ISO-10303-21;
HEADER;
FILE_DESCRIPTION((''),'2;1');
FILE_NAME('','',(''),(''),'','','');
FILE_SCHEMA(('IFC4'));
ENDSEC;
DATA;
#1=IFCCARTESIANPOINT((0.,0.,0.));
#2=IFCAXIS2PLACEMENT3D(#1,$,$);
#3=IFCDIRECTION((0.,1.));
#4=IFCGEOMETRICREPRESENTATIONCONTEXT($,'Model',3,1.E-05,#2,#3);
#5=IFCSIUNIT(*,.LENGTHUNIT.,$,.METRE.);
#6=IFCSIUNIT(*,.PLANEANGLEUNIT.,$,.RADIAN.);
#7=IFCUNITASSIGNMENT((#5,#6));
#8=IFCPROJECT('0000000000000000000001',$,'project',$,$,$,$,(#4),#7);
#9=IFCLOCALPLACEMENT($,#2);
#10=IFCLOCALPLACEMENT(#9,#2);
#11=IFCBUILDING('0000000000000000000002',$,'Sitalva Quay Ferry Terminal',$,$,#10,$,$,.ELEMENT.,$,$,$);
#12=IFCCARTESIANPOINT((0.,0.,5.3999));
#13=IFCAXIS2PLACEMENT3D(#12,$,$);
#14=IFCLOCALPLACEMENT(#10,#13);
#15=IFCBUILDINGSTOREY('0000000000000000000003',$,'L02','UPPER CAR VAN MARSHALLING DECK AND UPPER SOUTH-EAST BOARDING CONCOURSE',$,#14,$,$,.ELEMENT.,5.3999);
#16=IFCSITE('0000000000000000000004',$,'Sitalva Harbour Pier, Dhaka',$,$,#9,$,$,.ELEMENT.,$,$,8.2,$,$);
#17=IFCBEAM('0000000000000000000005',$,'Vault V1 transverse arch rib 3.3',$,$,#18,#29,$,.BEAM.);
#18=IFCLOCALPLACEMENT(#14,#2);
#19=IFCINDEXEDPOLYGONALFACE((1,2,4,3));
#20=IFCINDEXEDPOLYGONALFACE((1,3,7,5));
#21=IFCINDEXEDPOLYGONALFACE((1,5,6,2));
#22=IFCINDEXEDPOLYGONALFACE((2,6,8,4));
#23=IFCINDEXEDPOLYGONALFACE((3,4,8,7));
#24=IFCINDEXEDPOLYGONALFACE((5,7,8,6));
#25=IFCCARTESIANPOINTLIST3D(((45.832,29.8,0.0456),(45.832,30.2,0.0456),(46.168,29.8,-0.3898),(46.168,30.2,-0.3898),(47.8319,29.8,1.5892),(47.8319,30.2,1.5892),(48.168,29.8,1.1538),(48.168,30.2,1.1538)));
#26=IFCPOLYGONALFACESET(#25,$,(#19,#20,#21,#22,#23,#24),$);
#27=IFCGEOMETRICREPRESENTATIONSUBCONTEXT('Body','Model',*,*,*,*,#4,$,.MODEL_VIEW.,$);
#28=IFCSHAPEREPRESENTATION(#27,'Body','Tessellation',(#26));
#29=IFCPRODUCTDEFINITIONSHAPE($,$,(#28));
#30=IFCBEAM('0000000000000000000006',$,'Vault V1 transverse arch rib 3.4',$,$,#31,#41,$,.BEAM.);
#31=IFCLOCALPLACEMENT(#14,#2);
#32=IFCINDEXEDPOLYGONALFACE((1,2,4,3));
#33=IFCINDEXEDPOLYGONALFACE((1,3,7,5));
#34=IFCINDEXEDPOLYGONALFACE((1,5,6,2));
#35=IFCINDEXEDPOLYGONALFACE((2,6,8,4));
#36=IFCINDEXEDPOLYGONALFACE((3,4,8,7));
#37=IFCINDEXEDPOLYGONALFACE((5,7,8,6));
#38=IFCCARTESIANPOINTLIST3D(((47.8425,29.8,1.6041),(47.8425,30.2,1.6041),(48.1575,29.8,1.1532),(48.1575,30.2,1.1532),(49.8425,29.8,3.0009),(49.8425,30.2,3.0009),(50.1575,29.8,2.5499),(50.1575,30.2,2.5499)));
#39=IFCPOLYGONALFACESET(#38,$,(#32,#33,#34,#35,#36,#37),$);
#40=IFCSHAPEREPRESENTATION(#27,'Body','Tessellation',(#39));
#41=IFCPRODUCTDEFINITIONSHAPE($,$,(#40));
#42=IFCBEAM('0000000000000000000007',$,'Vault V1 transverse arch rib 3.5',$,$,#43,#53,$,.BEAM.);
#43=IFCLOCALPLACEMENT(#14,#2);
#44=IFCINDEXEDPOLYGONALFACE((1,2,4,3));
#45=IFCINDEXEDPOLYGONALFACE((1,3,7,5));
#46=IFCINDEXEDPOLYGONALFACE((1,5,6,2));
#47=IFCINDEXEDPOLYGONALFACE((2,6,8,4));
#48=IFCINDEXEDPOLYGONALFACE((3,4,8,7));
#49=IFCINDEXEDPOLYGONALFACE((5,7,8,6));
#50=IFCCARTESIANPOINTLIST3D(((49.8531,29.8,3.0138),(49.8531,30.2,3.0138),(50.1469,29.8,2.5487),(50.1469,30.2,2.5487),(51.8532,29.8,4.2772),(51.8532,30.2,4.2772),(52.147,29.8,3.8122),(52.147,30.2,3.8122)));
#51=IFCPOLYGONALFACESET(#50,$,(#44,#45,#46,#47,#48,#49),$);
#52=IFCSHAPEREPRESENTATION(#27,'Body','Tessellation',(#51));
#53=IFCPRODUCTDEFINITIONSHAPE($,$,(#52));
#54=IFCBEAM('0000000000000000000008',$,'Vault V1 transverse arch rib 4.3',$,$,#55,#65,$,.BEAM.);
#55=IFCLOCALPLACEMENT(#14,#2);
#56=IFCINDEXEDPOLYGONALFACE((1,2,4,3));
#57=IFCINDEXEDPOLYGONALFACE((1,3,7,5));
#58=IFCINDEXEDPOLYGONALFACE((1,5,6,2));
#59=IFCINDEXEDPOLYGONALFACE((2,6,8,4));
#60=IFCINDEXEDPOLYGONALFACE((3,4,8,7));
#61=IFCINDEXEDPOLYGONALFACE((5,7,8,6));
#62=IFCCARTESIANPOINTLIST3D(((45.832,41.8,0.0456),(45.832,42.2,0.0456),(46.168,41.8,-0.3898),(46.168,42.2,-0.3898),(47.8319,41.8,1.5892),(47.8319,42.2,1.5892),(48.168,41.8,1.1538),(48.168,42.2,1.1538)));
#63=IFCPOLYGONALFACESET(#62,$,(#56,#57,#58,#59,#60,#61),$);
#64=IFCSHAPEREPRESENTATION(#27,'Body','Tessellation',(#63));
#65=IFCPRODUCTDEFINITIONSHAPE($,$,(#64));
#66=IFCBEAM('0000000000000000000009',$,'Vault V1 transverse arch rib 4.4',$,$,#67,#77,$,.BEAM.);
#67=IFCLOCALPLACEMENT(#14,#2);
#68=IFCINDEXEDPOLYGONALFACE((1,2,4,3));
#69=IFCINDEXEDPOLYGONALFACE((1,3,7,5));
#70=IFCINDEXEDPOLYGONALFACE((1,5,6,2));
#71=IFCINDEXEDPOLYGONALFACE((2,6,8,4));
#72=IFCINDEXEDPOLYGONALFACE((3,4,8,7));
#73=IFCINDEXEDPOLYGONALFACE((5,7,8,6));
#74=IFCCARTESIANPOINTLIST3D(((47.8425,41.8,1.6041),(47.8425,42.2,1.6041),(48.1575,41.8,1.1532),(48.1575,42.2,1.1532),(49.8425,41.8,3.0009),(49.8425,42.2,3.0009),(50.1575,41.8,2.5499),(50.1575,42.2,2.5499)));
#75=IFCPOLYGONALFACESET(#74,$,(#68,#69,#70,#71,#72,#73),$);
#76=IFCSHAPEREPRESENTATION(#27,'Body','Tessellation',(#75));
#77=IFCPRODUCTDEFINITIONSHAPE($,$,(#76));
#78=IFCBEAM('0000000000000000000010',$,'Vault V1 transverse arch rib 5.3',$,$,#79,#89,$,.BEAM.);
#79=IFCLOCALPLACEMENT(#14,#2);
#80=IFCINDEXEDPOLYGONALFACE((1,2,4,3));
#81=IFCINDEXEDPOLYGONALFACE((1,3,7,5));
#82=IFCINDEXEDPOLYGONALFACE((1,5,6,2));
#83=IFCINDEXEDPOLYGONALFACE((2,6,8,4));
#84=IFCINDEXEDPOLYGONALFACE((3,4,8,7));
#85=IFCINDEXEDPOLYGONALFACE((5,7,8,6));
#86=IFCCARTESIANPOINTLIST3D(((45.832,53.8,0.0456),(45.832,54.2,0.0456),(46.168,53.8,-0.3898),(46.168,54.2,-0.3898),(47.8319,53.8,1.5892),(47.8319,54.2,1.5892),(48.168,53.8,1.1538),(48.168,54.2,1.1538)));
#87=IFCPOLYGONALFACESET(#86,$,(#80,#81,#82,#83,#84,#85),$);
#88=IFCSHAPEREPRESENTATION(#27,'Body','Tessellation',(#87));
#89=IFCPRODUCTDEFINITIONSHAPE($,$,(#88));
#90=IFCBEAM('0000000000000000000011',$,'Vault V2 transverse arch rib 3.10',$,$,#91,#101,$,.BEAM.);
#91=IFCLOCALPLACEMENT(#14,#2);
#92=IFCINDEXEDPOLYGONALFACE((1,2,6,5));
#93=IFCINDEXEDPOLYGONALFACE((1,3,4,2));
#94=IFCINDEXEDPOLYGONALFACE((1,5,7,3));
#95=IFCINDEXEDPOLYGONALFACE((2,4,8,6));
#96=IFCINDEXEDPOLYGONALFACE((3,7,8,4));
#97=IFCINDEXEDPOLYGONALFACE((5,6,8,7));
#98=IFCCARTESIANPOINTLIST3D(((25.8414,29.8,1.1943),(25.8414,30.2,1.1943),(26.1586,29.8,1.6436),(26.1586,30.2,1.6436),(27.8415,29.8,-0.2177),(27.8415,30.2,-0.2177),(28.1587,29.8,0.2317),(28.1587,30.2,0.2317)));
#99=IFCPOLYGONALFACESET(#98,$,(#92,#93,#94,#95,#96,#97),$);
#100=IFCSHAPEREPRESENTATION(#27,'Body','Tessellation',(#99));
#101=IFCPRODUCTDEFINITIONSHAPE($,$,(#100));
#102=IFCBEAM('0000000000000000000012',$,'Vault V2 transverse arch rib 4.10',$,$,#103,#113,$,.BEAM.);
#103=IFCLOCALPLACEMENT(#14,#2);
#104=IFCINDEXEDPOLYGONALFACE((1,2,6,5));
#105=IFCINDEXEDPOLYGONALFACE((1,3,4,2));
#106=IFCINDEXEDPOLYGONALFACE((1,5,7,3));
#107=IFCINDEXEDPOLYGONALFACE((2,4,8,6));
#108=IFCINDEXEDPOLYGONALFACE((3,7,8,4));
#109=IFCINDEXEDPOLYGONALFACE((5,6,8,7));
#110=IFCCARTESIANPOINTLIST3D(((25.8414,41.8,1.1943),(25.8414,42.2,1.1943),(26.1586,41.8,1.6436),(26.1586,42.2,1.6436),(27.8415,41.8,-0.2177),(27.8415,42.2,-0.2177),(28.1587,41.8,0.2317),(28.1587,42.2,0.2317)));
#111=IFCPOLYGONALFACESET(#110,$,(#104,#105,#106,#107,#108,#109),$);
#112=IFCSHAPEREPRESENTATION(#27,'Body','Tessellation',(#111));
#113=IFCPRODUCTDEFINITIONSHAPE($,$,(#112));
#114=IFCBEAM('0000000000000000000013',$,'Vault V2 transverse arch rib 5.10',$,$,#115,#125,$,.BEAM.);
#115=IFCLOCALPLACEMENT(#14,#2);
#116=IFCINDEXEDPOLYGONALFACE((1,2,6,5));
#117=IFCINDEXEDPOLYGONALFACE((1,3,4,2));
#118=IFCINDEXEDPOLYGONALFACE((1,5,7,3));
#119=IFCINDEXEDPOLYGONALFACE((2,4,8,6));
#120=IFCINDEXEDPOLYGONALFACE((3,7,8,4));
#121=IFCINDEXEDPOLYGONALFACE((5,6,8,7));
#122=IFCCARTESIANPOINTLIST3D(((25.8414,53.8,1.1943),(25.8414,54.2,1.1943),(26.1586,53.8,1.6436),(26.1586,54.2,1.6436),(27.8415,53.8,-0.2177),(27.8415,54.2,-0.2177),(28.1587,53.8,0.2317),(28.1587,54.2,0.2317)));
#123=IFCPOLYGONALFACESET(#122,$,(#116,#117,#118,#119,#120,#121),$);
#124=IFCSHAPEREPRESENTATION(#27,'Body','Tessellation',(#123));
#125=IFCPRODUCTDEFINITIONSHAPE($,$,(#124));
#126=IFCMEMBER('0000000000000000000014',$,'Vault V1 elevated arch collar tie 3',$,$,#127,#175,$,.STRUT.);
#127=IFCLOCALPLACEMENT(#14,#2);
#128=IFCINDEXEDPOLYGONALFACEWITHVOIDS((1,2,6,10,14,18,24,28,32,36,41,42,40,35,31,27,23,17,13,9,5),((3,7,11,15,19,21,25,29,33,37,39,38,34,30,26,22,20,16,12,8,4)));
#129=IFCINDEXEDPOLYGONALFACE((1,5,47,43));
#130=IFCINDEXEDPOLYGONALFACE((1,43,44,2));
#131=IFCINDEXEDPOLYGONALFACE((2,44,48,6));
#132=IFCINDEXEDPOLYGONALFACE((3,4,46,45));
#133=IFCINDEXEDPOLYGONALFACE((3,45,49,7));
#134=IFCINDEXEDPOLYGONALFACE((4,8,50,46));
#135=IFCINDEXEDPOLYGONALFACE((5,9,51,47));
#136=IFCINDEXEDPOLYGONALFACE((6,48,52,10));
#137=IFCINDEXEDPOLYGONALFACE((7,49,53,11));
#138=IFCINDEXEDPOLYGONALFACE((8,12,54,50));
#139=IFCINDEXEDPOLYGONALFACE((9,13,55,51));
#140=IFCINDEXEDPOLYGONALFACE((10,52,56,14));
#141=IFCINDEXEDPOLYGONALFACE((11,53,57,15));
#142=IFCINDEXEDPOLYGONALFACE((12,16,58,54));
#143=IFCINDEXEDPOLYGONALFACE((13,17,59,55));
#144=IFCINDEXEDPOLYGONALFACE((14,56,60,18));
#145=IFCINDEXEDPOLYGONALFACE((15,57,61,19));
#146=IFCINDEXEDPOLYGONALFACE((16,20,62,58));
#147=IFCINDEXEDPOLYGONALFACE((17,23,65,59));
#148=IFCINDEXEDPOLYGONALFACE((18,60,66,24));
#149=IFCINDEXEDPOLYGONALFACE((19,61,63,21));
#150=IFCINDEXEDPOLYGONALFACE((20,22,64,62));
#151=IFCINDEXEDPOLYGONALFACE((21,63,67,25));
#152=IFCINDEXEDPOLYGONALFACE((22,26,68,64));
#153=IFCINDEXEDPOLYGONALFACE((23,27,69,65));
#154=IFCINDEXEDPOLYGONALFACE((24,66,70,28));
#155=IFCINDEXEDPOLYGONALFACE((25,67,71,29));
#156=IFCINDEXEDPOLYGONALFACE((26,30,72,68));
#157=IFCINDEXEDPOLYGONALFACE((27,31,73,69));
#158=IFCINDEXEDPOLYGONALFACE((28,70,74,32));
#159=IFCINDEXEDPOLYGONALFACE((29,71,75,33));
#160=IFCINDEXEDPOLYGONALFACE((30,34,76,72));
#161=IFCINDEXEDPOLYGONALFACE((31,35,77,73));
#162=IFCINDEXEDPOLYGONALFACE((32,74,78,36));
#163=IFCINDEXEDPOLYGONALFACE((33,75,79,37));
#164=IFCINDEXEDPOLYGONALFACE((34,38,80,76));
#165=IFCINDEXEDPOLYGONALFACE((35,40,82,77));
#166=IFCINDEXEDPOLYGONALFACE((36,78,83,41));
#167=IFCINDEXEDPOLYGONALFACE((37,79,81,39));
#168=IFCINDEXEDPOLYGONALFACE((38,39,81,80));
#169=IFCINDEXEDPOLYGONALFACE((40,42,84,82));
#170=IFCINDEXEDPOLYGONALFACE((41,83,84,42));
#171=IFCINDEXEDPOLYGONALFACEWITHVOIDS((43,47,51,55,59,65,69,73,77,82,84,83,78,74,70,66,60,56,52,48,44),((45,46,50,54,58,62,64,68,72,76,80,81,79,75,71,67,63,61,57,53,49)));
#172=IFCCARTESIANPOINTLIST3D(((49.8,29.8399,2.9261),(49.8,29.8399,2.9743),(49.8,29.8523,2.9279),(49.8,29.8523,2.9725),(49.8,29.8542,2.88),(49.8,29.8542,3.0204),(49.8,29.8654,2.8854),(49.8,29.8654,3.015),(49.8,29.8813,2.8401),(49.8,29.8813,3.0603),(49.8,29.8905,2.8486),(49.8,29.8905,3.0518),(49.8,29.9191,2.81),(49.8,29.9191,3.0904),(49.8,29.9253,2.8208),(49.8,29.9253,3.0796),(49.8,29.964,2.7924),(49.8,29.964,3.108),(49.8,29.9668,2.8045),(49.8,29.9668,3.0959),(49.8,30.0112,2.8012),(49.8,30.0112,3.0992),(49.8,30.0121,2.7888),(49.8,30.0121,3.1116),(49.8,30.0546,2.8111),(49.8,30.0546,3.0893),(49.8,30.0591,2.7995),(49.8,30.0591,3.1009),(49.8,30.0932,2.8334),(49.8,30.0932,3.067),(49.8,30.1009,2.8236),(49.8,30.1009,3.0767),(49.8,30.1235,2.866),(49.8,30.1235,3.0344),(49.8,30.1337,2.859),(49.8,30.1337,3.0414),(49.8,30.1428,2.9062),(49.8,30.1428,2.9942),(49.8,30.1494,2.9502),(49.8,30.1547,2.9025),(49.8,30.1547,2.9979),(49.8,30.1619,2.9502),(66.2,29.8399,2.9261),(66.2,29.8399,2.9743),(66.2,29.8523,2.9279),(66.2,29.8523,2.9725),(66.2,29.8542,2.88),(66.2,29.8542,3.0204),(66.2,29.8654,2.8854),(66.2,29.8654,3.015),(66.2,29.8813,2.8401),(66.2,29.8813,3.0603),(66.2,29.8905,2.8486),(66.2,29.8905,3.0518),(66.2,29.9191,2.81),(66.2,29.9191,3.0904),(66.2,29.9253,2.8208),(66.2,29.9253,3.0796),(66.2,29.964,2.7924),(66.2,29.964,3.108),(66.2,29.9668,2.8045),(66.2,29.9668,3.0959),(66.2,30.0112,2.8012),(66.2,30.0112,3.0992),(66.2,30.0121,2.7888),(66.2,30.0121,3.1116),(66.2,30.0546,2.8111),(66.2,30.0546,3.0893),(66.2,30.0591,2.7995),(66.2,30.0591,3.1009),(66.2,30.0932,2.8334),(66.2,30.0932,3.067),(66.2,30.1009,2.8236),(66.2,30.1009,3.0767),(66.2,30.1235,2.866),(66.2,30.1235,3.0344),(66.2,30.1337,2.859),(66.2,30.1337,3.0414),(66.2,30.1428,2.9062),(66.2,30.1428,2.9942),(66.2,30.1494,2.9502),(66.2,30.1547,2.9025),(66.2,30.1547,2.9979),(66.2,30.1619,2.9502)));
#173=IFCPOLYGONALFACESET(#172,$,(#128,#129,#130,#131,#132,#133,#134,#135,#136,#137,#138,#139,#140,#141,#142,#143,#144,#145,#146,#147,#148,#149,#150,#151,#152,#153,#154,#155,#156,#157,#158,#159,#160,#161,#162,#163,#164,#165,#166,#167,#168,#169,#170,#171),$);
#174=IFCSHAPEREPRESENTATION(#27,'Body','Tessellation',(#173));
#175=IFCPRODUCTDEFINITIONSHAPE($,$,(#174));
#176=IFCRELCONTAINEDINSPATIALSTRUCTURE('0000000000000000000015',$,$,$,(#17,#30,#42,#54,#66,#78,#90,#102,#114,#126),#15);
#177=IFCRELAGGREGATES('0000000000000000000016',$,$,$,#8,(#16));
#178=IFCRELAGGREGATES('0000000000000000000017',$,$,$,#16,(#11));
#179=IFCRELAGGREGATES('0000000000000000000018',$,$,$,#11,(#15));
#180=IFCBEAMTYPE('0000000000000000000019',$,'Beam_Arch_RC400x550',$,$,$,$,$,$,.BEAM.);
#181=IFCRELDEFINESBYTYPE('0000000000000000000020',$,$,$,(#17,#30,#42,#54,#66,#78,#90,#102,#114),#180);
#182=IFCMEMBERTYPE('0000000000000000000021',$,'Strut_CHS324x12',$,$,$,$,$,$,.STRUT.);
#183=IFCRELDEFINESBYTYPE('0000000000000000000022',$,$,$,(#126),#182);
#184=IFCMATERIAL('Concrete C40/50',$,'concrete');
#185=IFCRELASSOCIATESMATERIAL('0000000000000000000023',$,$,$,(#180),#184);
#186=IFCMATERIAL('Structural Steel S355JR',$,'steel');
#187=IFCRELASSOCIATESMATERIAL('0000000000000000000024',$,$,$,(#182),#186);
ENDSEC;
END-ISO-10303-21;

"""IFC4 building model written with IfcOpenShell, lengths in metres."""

from ifc_helpers import new_model, si_unit, direction, frame, origin, origin_2d, place, context, subcontext, project, spatial, rectangle, hollow_circle, extrude, material, material_profile, profile_set, type_object, element, save


model = new_model("IFC4")

# Units and contexts
model_context = context("Model", 3, precision=1e-05, world=origin(), true_north=direction((0.0, 1.0)))
body_context = subcontext(model_context, "Body", "Model", "MODEL_VIEW")
ifc_project = project(units=[si_unit("LENGTHUNIT", "METRE"), si_unit("PLANEANGLEUNIT", "RADIAN")], contexts=[model_context])

# Site, building, storey
site_placement = place(None, origin())
site = spatial("IfcSite", under=ifc_project, at=site_placement, Name="Sitalva Harbour Pier, Dhaka", CompositionType="ELEMENT", RefElevation=8.2)
building_placement = place(site_placement, origin())
building = spatial("IfcBuilding", under=site, at=building_placement, Name="Sitalva Quay Ferry Terminal", CompositionType="ELEMENT")
storey_placement = place(building_placement, frame((0.0, 0.0, 5.3999)))
storey = spatial("IfcBuildingStorey", under=building, at=storey_placement, Name="L02", Description="UPPER CAR VAN MARSHALLING DECK AND UPPER SOUTH-EAST BOARDING CONCOURSE", CompositionType="ELEMENT", Elevation=5.3999)

# Beams
ifc_material_1 = material(Name="Concrete C40/50", Category="concrete")
ifc_material_profile_1 = material_profile(ifc_material_1, rectangle(XDim=0.3999, YDim=0.55, at=origin_2d()), Name="RC400x550")
ifc_profile_set_1 = profile_set([ifc_material_profile_1], Name="Concrete C40/50")
beam_type = type_object("IfcBeamType", Name="Beam_Arch_RC400x550", PredefinedType="BEAM", material=ifc_profile_set_1)
beam_1_placement = place(storey_placement, frame((46.0, 30.0, -0.1721), z_axis=(0.791621, 0.0, 0.611013), x_axis=(0.0, 1.0, 0.0)))
element("IfcBeam", 1, at=beam_1_placement, inside=storey, type_object=beam_type, Name="Vault V1 transverse arch rib 3.3", PredefinedType="BEAM", context=body_context, shape_type="SweptSolid", body=[
    extrude(rectangle(XDim=0.3999, YDim=0.55, at=origin_2d()), origin(), (0.0, 0.0, 1.0), 2.5264),
])
beam_2_placement = place(storey_placement, frame((48.0, 30.0, 1.3787), z_axis=(0.819861, 0.0, 0.572562), x_axis=(0.0, 1.0, 0.0)))
element("IfcBeam", 2, at=beam_2_placement, inside=storey, type_object=beam_type, Name="Vault V1 transverse arch rib 3.4", PredefinedType="BEAM", context=body_context, shape_type="SweptSolid", body=[
    extrude(rectangle(XDim=0.3999, YDim=0.55, at=origin_2d()), origin(), (0.0, 0.0, 1.0), 2.4395),
])
beam_3_placement = place(storey_placement, frame((50.0, 30.0, 2.7812), z_axis=(0.845437, 0.0, 0.534075), x_axis=(0.0, 1.0, 0.0)))
element("IfcBeam", 3, at=beam_3_placement, inside=storey, type_object=beam_type, Name="Vault V1 transverse arch rib 3.5", PredefinedType="BEAM", context=body_context, shape_type="SweptSolid", body=[
    extrude(rectangle(XDim=0.3999, YDim=0.55, at=origin_2d()), origin(), (0.0, 0.0, 1.0), 2.3657),
])
beam_4_placement = place(storey_placement, frame((46.0, 42.0, -0.1721), z_axis=(0.791621, 0.0, 0.611013), x_axis=(0.0, 1.0, 0.0)))
element("IfcBeam", 4, at=beam_4_placement, inside=storey, type_object=beam_type, Name="Vault V1 transverse arch rib 4.3", PredefinedType="BEAM", context=body_context, shape_type="SweptSolid", body=[
    extrude(rectangle(XDim=0.3999, YDim=0.55, at=origin_2d()), origin(), (0.0, 0.0, 1.0), 2.5264),
])
beam_5_placement = place(storey_placement, frame((48.0, 42.0, 1.3787), z_axis=(0.819861, 0.0, 0.572562), x_axis=(0.0, 1.0, 0.0)))
element("IfcBeam", 5, at=beam_5_placement, inside=storey, type_object=beam_type, Name="Vault V1 transverse arch rib 4.4", PredefinedType="BEAM", context=body_context, shape_type="SweptSolid", body=[
    extrude(rectangle(XDim=0.3999, YDim=0.55, at=origin_2d()), origin(), (0.0, 0.0, 1.0), 2.4395),
])
beam_6_placement = place(storey_placement, frame((46.0, 54.0, -0.1721), z_axis=(0.791621, 0.0, 0.611013), x_axis=(0.0, 1.0, 0.0)))
element("IfcBeam", 6, at=beam_6_placement, inside=storey, type_object=beam_type, Name="Vault V1 transverse arch rib 5.3", PredefinedType="BEAM", context=body_context, shape_type="SweptSolid", body=[
    extrude(rectangle(XDim=0.3999, YDim=0.55, at=origin_2d()), origin(), (0.0, 0.0, 1.0), 2.5264),
])
for number, where, z_axis, x_axis, name in (
    (7, (26.0, 30.0, 1.4189), (0.816949, 0.0, -0.576711), (0.0, 1.0, 0.0), "Vault V2 transverse arch rib 3.10"),
    (8, (26.0, 42.0, 1.4189), (0.816949, 0.0, -0.576711), (0.0, 1.0, 0.0), "Vault V2 transverse arch rib 4.10"),
    (9, (26.0, 54.0, 1.4189), (0.816949, 0.0, -0.576711), (0.0, 1.0, 0.0), "Vault V2 transverse arch rib 5.10"),
):
    element("IfcBeam", number, at=place(storey_placement, frame(where, z_axis=z_axis, x_axis=x_axis)), inside=storey, type_object=beam_type, Name=name, PredefinedType="BEAM", context=body_context, shape_type="SweptSolid", body=[
        extrude(rectangle(XDim=0.3999, YDim=0.55, at=origin_2d()), origin(), (0.0, 0.0, 1.0), 2.4482),
    ])

# Member
ifc_material_2 = material(Name="Structural Steel S355JR", Category="steel")
ifc_material_profile_2 = material_profile(ifc_material_2, hollow_circle(Radius=0.1619, WallThickness=0.0125, at=origin_2d()), Name="CHS324x12.5")
ifc_profile_set_2 = profile_set([ifc_material_profile_2], Name="Structural Steel S355JR")
member_type = type_object("IfcMemberType", Name="Strut_CHS324x12", PredefinedType="STRUT", material=ifc_profile_set_2)
for number, where, z_axis, x_axis, name in (
    (10, (49.8, 30.0, 2.9502), (1.0, 0.0, 0.0), (0.0, 1.0, 0.0), "Vault V1 elevated arch collar tie 3"),
):
    element("IfcMember", number, at=place(storey_placement, frame(where, z_axis=z_axis, x_axis=x_axis)), inside=storey, type_object=member_type, Name=name, PredefinedType="STRUT", context=body_context, shape_type="SweptSolid", body=[
        extrude(hollow_circle(Radius=0.1619, WallThickness=0.0125, at=origin_2d()), origin(), (0.0, 0.0, 1.0), 16.3999),
    ])

save(model, "model.ifc")
